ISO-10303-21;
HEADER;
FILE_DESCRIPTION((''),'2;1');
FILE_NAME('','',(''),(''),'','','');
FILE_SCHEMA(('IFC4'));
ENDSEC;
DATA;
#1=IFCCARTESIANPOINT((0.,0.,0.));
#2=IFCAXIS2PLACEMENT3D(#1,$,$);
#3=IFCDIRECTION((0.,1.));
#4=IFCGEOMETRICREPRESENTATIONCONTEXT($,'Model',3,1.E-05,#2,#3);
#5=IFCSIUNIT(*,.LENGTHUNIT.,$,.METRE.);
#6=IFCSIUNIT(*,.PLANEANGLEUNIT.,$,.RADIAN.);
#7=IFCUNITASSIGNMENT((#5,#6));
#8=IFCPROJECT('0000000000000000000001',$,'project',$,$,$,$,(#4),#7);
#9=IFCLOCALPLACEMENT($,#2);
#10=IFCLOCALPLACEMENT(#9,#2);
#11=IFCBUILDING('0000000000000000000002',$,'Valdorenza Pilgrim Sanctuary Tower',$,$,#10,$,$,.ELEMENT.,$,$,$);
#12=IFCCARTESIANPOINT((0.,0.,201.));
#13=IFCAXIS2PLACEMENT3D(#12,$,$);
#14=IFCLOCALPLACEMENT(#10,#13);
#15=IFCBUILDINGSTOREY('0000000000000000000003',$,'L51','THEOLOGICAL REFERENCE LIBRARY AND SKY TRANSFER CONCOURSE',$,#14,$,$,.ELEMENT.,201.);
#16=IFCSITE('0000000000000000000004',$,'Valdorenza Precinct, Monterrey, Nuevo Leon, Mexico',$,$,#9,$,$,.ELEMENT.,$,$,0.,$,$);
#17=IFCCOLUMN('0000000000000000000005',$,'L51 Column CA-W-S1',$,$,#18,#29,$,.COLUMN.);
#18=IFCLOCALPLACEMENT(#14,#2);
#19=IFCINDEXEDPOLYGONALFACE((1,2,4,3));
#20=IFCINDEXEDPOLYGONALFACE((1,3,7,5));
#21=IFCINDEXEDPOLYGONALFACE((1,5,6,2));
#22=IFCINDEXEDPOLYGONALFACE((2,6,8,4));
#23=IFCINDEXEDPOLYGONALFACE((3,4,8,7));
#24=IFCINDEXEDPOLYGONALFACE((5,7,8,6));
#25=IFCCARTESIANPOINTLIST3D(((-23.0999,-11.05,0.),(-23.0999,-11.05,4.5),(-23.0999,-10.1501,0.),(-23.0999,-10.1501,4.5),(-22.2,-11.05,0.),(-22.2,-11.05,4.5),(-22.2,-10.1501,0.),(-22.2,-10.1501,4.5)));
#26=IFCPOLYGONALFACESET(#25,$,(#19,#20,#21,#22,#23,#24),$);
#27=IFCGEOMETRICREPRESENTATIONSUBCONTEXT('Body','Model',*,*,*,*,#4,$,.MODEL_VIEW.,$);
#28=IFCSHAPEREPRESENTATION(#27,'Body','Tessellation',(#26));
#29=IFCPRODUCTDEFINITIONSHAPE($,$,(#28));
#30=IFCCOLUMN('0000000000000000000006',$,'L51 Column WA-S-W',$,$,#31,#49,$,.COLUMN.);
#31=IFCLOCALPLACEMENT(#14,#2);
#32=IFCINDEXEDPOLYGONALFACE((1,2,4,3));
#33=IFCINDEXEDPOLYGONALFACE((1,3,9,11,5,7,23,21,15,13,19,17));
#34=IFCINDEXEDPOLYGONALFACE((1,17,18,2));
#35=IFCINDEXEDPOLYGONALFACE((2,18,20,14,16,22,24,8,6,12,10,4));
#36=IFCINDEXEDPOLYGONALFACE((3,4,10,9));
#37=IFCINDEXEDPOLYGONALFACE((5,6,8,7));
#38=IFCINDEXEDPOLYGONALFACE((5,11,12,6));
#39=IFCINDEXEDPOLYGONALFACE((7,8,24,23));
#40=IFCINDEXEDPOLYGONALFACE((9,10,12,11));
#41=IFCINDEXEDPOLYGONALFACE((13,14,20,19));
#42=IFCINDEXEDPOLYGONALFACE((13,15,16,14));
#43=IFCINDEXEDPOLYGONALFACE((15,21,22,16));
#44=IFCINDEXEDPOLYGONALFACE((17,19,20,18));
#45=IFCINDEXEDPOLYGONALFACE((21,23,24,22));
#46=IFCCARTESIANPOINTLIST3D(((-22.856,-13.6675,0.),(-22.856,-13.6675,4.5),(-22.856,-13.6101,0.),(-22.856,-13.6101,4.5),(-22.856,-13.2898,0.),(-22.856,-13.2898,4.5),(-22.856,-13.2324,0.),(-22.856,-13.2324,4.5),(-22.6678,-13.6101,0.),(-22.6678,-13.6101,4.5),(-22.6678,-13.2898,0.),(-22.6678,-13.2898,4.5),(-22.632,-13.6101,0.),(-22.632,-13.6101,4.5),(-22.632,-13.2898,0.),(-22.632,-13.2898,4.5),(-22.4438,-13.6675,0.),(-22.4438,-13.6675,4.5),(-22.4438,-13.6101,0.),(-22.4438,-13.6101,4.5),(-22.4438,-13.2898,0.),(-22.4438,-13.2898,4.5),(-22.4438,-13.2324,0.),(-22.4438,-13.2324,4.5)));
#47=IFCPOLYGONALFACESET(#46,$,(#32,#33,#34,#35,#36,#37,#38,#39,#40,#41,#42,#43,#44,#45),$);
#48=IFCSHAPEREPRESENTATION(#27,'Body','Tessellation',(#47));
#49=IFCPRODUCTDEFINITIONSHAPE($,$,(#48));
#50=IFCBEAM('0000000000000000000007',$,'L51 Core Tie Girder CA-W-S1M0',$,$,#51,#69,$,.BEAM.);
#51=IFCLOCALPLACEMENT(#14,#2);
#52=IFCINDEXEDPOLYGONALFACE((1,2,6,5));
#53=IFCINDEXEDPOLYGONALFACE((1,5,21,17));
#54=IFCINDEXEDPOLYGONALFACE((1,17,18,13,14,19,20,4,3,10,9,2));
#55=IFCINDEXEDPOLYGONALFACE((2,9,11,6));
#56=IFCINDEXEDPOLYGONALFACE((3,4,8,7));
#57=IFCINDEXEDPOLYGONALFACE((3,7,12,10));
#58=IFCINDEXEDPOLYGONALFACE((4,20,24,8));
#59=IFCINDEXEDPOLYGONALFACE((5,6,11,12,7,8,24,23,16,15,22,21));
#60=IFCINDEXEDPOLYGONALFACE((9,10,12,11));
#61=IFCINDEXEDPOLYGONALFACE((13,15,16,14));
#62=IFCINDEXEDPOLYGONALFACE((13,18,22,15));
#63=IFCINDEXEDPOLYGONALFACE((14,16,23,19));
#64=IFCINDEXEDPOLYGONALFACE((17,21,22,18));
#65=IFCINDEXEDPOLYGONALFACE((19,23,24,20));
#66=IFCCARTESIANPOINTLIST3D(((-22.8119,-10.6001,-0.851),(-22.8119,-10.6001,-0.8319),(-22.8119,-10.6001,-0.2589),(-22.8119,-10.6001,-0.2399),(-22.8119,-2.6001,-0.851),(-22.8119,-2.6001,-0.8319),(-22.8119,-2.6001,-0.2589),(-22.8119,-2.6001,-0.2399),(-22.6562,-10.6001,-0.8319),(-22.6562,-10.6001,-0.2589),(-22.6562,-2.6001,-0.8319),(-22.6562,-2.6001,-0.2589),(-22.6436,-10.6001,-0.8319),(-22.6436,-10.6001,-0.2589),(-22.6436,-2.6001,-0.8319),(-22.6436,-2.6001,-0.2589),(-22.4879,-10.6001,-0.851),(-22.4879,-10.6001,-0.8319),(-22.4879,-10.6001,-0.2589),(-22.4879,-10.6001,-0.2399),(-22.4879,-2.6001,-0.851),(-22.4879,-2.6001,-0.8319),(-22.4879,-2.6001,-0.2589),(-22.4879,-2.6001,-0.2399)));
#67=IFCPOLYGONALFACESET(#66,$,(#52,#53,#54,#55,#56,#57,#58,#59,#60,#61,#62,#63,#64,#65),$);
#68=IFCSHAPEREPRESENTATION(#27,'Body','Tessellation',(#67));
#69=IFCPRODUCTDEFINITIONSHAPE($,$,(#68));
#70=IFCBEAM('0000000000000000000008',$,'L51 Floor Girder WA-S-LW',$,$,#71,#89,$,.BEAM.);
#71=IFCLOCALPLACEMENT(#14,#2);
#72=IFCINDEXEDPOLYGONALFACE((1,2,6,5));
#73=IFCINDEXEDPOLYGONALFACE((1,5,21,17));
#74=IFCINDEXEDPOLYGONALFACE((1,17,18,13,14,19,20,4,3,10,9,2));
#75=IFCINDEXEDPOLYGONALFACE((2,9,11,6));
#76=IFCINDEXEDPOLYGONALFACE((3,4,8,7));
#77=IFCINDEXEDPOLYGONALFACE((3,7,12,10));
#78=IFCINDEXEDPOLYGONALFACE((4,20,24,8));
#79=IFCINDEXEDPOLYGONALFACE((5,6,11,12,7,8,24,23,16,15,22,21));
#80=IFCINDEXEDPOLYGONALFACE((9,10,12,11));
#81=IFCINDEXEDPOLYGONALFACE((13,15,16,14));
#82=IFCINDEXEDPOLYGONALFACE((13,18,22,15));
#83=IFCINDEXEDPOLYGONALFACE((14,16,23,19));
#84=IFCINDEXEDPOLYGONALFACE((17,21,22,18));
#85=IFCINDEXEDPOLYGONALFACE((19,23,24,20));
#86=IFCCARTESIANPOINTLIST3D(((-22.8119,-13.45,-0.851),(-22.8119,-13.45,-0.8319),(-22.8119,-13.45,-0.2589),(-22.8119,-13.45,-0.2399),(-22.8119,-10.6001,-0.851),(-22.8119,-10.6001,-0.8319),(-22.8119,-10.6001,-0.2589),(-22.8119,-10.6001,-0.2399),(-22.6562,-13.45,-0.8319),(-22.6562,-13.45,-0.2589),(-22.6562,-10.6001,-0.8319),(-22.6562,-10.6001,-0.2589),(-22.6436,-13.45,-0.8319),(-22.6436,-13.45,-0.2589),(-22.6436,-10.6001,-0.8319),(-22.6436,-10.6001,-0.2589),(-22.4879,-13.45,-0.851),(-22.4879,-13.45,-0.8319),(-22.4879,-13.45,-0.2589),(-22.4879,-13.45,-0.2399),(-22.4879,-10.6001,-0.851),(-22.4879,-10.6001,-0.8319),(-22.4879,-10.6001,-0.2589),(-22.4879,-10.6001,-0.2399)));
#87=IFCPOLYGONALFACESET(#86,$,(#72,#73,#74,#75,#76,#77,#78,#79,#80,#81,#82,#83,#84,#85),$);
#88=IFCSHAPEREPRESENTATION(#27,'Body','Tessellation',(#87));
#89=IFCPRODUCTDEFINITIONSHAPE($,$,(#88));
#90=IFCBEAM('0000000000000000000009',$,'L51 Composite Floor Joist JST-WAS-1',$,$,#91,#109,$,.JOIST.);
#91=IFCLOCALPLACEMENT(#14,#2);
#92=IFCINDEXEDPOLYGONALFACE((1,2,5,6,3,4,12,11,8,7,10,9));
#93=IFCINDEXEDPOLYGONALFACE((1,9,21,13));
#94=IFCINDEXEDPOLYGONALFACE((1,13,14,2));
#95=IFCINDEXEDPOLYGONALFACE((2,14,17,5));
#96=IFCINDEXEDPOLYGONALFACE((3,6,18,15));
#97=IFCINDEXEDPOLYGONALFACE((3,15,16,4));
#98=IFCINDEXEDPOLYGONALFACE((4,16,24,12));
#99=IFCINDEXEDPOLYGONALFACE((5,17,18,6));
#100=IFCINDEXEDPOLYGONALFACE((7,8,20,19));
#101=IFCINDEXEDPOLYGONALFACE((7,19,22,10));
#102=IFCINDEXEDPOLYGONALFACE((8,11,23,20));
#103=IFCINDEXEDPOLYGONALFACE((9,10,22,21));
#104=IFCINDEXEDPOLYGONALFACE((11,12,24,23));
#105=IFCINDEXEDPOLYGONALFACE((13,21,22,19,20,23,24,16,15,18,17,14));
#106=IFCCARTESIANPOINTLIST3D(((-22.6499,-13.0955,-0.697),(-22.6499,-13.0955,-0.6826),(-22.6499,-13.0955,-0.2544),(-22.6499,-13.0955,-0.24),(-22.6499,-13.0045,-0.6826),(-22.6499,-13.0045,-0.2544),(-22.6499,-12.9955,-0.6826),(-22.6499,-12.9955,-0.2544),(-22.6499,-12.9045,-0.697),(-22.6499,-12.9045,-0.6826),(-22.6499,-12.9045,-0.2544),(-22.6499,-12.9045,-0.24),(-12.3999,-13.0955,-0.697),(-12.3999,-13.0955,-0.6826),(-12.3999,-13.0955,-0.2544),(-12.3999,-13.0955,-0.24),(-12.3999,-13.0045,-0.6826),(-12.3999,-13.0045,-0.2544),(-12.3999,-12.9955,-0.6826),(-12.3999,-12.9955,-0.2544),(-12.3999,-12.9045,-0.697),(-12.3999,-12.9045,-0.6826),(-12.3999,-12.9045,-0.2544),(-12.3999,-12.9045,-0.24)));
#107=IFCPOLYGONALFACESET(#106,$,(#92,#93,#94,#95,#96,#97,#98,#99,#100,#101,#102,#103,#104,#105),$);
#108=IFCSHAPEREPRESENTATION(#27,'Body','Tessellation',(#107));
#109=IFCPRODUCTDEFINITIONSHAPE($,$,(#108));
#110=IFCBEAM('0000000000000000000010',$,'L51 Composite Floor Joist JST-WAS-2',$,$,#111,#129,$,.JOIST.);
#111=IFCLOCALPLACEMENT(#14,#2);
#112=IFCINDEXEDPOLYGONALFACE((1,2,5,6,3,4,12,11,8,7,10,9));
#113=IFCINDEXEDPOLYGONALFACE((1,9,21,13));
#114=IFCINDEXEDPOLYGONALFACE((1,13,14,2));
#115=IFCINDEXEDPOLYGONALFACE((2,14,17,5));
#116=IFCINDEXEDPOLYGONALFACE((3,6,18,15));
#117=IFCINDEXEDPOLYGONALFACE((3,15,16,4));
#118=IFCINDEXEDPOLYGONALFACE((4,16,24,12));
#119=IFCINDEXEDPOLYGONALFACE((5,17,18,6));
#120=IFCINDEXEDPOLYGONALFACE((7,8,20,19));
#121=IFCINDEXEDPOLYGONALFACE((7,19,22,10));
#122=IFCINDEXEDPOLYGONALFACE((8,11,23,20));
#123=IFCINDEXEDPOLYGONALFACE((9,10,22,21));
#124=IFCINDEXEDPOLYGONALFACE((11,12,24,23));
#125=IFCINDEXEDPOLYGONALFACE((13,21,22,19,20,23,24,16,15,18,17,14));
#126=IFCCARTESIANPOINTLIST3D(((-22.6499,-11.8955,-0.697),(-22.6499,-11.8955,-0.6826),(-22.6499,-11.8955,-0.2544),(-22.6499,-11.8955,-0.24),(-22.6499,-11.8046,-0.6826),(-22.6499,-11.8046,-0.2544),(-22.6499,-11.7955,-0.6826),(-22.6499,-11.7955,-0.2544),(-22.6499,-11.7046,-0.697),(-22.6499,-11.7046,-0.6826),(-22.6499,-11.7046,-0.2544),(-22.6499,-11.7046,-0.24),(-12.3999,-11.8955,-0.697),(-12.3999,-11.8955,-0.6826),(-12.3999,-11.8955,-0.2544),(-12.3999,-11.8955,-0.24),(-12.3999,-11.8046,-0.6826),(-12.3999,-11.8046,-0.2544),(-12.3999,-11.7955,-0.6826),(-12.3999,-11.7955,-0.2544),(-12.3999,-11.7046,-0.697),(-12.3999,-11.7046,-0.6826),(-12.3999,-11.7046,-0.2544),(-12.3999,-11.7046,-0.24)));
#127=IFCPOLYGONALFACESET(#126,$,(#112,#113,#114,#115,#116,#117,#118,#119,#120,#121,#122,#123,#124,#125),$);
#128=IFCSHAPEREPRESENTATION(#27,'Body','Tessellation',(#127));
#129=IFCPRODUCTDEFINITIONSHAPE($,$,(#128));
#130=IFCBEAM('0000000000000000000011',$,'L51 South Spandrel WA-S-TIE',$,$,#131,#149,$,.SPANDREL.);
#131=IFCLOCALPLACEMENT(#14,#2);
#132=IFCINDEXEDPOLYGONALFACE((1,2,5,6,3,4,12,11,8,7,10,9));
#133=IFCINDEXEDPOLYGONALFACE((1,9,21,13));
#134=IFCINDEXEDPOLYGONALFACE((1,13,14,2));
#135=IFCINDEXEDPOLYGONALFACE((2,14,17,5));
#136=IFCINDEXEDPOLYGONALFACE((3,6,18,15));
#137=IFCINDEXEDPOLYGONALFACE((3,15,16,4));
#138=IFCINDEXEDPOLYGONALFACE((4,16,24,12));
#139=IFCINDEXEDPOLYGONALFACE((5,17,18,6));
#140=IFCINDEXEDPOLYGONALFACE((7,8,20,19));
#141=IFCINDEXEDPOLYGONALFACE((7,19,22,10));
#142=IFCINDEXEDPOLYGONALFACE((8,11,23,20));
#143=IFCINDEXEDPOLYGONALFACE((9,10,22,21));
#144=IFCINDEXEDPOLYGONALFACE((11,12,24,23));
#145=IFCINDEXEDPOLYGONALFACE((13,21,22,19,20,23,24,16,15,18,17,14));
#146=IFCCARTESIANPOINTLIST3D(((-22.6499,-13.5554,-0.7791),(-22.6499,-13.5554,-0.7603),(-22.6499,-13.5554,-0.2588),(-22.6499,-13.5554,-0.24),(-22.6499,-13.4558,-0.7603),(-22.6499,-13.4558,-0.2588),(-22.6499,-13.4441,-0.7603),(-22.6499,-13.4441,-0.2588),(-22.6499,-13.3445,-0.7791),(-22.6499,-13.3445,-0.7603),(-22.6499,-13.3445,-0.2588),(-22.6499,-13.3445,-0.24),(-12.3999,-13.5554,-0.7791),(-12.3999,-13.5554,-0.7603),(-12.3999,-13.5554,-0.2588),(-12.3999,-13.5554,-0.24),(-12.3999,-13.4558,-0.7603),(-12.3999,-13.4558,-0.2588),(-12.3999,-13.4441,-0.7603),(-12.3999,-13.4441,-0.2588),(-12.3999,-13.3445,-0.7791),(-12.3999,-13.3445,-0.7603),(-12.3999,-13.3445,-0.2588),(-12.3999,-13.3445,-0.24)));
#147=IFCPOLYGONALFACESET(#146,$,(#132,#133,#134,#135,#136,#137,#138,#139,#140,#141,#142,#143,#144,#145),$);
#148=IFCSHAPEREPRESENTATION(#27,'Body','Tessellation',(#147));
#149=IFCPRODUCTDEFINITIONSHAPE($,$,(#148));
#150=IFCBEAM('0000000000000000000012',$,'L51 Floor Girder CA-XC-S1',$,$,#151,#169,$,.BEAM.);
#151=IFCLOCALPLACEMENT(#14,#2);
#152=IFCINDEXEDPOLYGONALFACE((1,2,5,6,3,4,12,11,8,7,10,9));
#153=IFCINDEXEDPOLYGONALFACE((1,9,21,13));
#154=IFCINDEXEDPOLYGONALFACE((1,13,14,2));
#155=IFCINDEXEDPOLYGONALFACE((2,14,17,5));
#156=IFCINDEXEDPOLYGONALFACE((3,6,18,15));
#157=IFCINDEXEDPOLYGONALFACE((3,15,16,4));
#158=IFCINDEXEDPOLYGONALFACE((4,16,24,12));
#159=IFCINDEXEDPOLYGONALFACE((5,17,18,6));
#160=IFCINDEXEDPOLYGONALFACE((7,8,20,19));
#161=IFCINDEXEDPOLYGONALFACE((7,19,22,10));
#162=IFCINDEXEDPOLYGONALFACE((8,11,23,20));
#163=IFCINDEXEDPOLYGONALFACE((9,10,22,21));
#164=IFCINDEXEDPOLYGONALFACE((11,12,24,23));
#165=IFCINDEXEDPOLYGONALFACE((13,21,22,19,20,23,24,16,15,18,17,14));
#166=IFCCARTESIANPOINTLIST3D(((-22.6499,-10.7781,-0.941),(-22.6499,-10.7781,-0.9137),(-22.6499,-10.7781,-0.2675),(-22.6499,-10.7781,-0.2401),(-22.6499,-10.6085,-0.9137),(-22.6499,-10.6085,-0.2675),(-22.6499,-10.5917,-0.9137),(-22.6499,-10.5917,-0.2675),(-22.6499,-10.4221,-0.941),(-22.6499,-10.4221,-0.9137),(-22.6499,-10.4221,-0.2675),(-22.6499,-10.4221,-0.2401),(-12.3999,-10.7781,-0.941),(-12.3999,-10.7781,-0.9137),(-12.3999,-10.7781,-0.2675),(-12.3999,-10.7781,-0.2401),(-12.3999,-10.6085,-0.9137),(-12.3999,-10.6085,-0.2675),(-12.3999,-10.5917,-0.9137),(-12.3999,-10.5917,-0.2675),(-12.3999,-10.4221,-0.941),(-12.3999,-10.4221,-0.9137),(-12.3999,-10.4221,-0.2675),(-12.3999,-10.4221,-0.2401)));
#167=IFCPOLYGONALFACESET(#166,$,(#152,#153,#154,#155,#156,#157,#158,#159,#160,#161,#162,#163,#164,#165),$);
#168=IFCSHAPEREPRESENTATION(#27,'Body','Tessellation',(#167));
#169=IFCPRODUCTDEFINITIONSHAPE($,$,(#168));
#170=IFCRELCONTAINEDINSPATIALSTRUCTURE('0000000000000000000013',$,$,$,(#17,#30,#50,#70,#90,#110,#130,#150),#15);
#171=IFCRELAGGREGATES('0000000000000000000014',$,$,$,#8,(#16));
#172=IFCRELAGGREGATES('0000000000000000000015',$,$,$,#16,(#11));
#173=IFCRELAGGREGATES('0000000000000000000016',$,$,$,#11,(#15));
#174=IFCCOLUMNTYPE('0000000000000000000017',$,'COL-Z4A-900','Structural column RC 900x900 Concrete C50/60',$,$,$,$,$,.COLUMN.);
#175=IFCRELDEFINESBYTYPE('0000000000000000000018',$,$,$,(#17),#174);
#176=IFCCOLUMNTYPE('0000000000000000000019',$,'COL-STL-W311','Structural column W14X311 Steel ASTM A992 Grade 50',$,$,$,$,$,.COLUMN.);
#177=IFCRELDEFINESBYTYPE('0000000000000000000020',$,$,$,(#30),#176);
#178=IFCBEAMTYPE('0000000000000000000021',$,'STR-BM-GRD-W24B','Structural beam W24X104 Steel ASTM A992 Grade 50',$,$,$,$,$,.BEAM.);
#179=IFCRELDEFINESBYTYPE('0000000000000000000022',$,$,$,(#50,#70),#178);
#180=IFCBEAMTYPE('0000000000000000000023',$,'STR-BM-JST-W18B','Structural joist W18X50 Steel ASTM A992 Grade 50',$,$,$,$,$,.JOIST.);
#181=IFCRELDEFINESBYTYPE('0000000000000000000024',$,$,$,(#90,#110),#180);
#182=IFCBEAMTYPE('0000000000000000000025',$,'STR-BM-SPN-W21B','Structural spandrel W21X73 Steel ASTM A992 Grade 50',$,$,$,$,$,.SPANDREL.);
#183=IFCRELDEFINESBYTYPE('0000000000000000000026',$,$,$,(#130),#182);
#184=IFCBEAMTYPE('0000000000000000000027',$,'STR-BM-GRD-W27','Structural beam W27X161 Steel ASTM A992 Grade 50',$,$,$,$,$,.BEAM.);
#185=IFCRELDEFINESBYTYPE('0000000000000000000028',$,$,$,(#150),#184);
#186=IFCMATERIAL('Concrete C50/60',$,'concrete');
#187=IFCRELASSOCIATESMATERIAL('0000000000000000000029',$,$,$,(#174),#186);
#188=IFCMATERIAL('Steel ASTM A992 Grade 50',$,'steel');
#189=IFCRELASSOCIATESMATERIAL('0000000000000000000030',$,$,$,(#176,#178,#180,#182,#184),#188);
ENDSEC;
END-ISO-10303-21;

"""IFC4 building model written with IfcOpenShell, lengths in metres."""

from ifc_helpers import new_model, si_unit, direction, frame, origin, origin_2d, place, context, subcontext, project, spatial, rectangle, i_section, extrude, source, transform, mapped, material, material_profile, profile_set, type_object, element, save


model = new_model("IFC4")

# Units and contexts
model_context = context("Model", 3, precision=1e-05, world=origin(), true_north=direction((0.0, 1.0)))
body_context = subcontext(model_context, "Body", "Model", "MODEL_VIEW")
ifc_project = project(units=[si_unit("LENGTHUNIT", "METRE"), si_unit("PLANEANGLEUNIT", "RADIAN")], contexts=[model_context])

# Site, building, storey
site_placement = place(None, origin())
site = spatial("IfcSite", under=ifc_project, at=site_placement, Name="Valdorenza Precinct, Monterrey, Nuevo Leon, Mexico", CompositionType="ELEMENT", RefElevation=0.0)
building_placement = place(site_placement, origin())
building = spatial("IfcBuilding", under=site, at=building_placement, Name="Valdorenza Pilgrim Sanctuary Tower", CompositionType="ELEMENT")
storey_placement = place(building_placement, frame((0.0, 0.0, 201.0)))
storey = spatial("IfcBuildingStorey", under=building, at=storey_placement, Name="L51", Description="THEOLOGICAL REFERENCE LIBRARY AND SKY TRANSFER CONCOURSE", CompositionType="ELEMENT", Elevation=201.0)

# Columns
ifc_material_1 = material(Name="Concrete C50/60", Category="concrete")
ifc_material_profile_1 = material_profile(ifc_material_1, rectangle(XDim=0.8999, YDim=0.8999, at=origin_2d()), Name="RC 900x900")
ifc_profile_set_1 = profile_set([ifc_material_profile_1], Name="Concrete C50/60")
column_type_1 = type_object("IfcColumnType", Name="COL-Z4A-900", Description="Structural column RC 900x900 Concrete C50/60", PredefinedType="COLUMN", material=ifc_profile_set_1)
shared_shape_1 = source(origin(), body_context, "Body", "SweptSolid", [
    extrude(rectangle(XDim=0.8999, YDim=0.8999, at=origin_2d()), origin(), (0.0, 0.0, 1.0), 4.5),
])
column_1_placement = place(storey_placement, frame((-22.6499, -10.6001, 0.0), z_axis=(0.0, 0.0, 1.0), x_axis=(1.0, 0.0, 0.0)))
element("IfcColumn", 1, at=column_1_placement, inside=storey, type_object=column_type_1, Name="L51 Column CA-W-S1", PredefinedType="COLUMN", context=body_context, shape_type="MappedRepresentation", body=[
    mapped(shared_shape_1, transform((0.0, 0.0, 0.0), x_axis=(1.0, 0.0, 0.0), y_axis=(0.0, 1.0, 0.0), z_axis=(0.0, 0.0, 1.0), scale=1.0)),
])
ifc_material_2 = material(Name="Steel ASTM A992 Grade 50", Category="steel")
ifc_material_profile_2 = material_profile(ifc_material_2, i_section(OverallWidth=0.4121, OverallDepth=0.4351, WebThickness=0.0359, FlangeThickness=0.0574, at=origin_2d()), Name="W14X311")
ifc_profile_set_2 = profile_set([ifc_material_profile_2], Name="Steel ASTM A992 Grade 50")
column_type_2 = type_object("IfcColumnType", Name="COL-STL-W311", Description="Structural column W14X311 Steel ASTM A992 Grade 50", PredefinedType="COLUMN", material=ifc_profile_set_2)
shared_shape_2 = source(origin(), body_context, "Body", "SweptSolid", [
    extrude(i_section(OverallWidth=0.4121, OverallDepth=0.4351, WebThickness=0.0359, FlangeThickness=0.0574, at=origin_2d()), origin(), (0.0, 0.0, 1.0), 4.5),
])
column_2_placement = place(storey_placement, frame((-22.6499, -13.45, 0.0), z_axis=(0.0, 0.0, 1.0), x_axis=(1.0, 0.0, 0.0)))
element("IfcColumn", 2, at=column_2_placement, inside=storey, type_object=column_type_2, Name="L51 Column WA-S-W", PredefinedType="COLUMN", context=body_context, shape_type="MappedRepresentation", body=[
    mapped(shared_shape_2, transform((0.0, 0.0, 0.0), x_axis=(1.0, 0.0, 0.0), y_axis=(0.0, 1.0, 0.0), z_axis=(0.0, 0.0, 1.0), scale=1.0)),
])

# Beams
ifc_material_profile_3 = material_profile(ifc_material_2, i_section(OverallWidth=0.324, OverallDepth=0.6111, WebThickness=0.0127, FlangeThickness=0.019, at=origin_2d()), Name="W24X104")
ifc_profile_set_3 = profile_set([ifc_material_profile_3], Name="Steel ASTM A992 Grade 50")
beam_type_1 = type_object("IfcBeamType", Name="STR-BM-GRD-W24B", Description="Structural beam W24X104 Steel ASTM A992 Grade 50", PredefinedType="BEAM", material=ifc_profile_set_3)
shared_shape_3 = source(origin(), body_context, "Body", "SweptSolid", [
    extrude(i_section(OverallWidth=0.324, OverallDepth=0.6111, WebThickness=0.0127, FlangeThickness=0.019, at=origin_2d()), origin(), (0.0, 0.0, 1.0), 8.0),
])
beam_1_placement = place(storey_placement, frame((-22.6499, -10.6001, -0.5454), z_axis=(0.0, 1.0, 0.0), x_axis=(-1.0, 0.0, 0.0)))
element("IfcBeam", 3, at=beam_1_placement, inside=storey, type_object=beam_type_1, Name="L51 Core Tie Girder CA-W-S1M0", PredefinedType="BEAM", context=body_context, shape_type="MappedRepresentation", body=[
    mapped(shared_shape_3, transform((0.0, 0.0, 0.0), x_axis=(1.0, 0.0, 0.0), y_axis=(0.0, 1.0, 0.0), z_axis=(0.0, 0.0, 1.0), scale=1.0)),
])
shared_shape_4 = source(origin(), body_context, "Body", "SweptSolid", [
    extrude(i_section(OverallWidth=0.324, OverallDepth=0.6111, WebThickness=0.0127, FlangeThickness=0.019, at=origin_2d()), origin(), (0.0, 0.0, 1.0), 2.8499),
])
beam_2_placement = place(storey_placement, frame((-22.6499, -13.45, -0.5454), z_axis=(0.0, 1.0, 0.0), x_axis=(-1.0, 0.0, 0.0)))
element("IfcBeam", 4, at=beam_2_placement, inside=storey, type_object=beam_type_1, Name="L51 Floor Girder WA-S-LW", PredefinedType="BEAM", context=body_context, shape_type="MappedRepresentation", body=[
    mapped(shared_shape_4, transform((0.0, 0.0, 0.0), x_axis=(1.0, 0.0, 0.0), y_axis=(0.0, 1.0, 0.0), z_axis=(0.0, 0.0, 1.0), scale=1.0)),
])
ifc_material_profile_4 = material_profile(ifc_material_2, i_section(OverallWidth=0.1909, OverallDepth=0.457, WebThickness=0.009, FlangeThickness=0.0144, at=origin_2d()), Name="W18X50")
ifc_profile_set_4 = profile_set([ifc_material_profile_4], Name="Steel ASTM A992 Grade 50")
beam_type_2 = type_object("IfcBeamType", Name="STR-BM-JST-W18B", Description="Structural joist W18X50 Steel ASTM A992 Grade 50", PredefinedType="JOIST", material=ifc_profile_set_4)
shared_shape_5 = source(origin(), body_context, "Body", "SweptSolid", [
    extrude(i_section(OverallWidth=0.1909, OverallDepth=0.457, WebThickness=0.009, FlangeThickness=0.0144, at=origin_2d()), origin(), (0.0, 0.0, 1.0), 10.25),
])
for number, where, z_axis, x_axis, name in (
    (5, (-22.6499, -13.0, -0.4685), (1.0, 0.0, 0.0), (0.0, 1.0, 0.0), "L51 Composite Floor Joist JST-WAS-1"),
    (6, (-22.6499, -11.8, -0.4685), (1.0, 0.0, 0.0), (0.0, 1.0, 0.0), "L51 Composite Floor Joist JST-WAS-2"),
):
    element("IfcBeam", number, at=place(storey_placement, frame(where, z_axis=z_axis, x_axis=x_axis)), inside=storey, type_object=beam_type_2, Name=name, PredefinedType="JOIST", context=body_context, shape_type="MappedRepresentation", body=[
        mapped(shared_shape_5, transform((0.0, 0.0, 0.0), x_axis=(1.0, 0.0, 0.0), y_axis=(0.0, 1.0, 0.0), z_axis=(0.0, 0.0, 1.0), scale=1.0)),
    ])
ifc_material_profile_5 = material_profile(ifc_material_2, i_section(OverallWidth=0.2109, OverallDepth=0.5391, WebThickness=0.0117, FlangeThickness=0.0188, at=origin_2d()), Name="W21X73")
ifc_profile_set_5 = profile_set([ifc_material_profile_5], Name="Steel ASTM A992 Grade 50")
beam_type_3 = type_object("IfcBeamType", Name="STR-BM-SPN-W21B", Description="Structural spandrel W21X73 Steel ASTM A992 Grade 50", PredefinedType="SPANDREL", material=ifc_profile_set_5)
shared_shape_6 = source(origin(), body_context, "Body", "SweptSolid", [
    extrude(i_section(OverallWidth=0.2109, OverallDepth=0.5391, WebThickness=0.0117, FlangeThickness=0.0188, at=origin_2d()), origin(), (0.0, 0.0, 1.0), 10.25),
])
beam_3_placement = place(storey_placement, frame((-22.6499, -13.45, -0.5095), z_axis=(1.0, 0.0, 0.0), x_axis=(0.0, 1.0, 0.0)))
element("IfcBeam", 7, at=beam_3_placement, inside=storey, type_object=beam_type_3, Name="L51 South Spandrel WA-S-TIE", PredefinedType="SPANDREL", context=body_context, shape_type="MappedRepresentation", body=[
    mapped(shared_shape_6, transform((0.0, 0.0, 0.0), x_axis=(1.0, 0.0, 0.0), y_axis=(0.0, 1.0, 0.0), z_axis=(0.0, 0.0, 1.0), scale=1.0)),
])
ifc_material_profile_6 = material_profile(ifc_material_2, i_section(OverallWidth=0.356, OverallDepth=0.7009, WebThickness=0.0168, FlangeThickness=0.0273, at=origin_2d()), Name="W27X161")
ifc_profile_set_6 = profile_set([ifc_material_profile_6], Name="Steel ASTM A992 Grade 50")
beam_type_4 = type_object("IfcBeamType", Name="STR-BM-GRD-W27", Description="Structural beam W27X161 Steel ASTM A992 Grade 50", PredefinedType="BEAM", material=ifc_profile_set_6)
shared_shape_7 = source(origin(), body_context, "Body", "SweptSolid", [
    extrude(i_section(OverallWidth=0.356, OverallDepth=0.7009, WebThickness=0.0168, FlangeThickness=0.0273, at=origin_2d()), origin(), (0.0, 0.0, 1.0), 10.25),
])
beam_4_placement = place(storey_placement, frame((-22.6499, -10.6001, -0.5906), z_axis=(1.0, 0.0, 0.0), x_axis=(0.0, 1.0, 0.0)))
element("IfcBeam", 8, at=beam_4_placement, inside=storey, type_object=beam_type_4, Name="L51 Floor Girder CA-XC-S1", PredefinedType="BEAM", context=body_context, shape_type="MappedRepresentation", body=[
    mapped(shared_shape_7, transform((0.0, 0.0, 0.0), x_axis=(1.0, 0.0, 0.0), y_axis=(0.0, 1.0, 0.0), z_axis=(0.0, 0.0, 1.0), scale=1.0)),
])

save(model, "model.ifc")
